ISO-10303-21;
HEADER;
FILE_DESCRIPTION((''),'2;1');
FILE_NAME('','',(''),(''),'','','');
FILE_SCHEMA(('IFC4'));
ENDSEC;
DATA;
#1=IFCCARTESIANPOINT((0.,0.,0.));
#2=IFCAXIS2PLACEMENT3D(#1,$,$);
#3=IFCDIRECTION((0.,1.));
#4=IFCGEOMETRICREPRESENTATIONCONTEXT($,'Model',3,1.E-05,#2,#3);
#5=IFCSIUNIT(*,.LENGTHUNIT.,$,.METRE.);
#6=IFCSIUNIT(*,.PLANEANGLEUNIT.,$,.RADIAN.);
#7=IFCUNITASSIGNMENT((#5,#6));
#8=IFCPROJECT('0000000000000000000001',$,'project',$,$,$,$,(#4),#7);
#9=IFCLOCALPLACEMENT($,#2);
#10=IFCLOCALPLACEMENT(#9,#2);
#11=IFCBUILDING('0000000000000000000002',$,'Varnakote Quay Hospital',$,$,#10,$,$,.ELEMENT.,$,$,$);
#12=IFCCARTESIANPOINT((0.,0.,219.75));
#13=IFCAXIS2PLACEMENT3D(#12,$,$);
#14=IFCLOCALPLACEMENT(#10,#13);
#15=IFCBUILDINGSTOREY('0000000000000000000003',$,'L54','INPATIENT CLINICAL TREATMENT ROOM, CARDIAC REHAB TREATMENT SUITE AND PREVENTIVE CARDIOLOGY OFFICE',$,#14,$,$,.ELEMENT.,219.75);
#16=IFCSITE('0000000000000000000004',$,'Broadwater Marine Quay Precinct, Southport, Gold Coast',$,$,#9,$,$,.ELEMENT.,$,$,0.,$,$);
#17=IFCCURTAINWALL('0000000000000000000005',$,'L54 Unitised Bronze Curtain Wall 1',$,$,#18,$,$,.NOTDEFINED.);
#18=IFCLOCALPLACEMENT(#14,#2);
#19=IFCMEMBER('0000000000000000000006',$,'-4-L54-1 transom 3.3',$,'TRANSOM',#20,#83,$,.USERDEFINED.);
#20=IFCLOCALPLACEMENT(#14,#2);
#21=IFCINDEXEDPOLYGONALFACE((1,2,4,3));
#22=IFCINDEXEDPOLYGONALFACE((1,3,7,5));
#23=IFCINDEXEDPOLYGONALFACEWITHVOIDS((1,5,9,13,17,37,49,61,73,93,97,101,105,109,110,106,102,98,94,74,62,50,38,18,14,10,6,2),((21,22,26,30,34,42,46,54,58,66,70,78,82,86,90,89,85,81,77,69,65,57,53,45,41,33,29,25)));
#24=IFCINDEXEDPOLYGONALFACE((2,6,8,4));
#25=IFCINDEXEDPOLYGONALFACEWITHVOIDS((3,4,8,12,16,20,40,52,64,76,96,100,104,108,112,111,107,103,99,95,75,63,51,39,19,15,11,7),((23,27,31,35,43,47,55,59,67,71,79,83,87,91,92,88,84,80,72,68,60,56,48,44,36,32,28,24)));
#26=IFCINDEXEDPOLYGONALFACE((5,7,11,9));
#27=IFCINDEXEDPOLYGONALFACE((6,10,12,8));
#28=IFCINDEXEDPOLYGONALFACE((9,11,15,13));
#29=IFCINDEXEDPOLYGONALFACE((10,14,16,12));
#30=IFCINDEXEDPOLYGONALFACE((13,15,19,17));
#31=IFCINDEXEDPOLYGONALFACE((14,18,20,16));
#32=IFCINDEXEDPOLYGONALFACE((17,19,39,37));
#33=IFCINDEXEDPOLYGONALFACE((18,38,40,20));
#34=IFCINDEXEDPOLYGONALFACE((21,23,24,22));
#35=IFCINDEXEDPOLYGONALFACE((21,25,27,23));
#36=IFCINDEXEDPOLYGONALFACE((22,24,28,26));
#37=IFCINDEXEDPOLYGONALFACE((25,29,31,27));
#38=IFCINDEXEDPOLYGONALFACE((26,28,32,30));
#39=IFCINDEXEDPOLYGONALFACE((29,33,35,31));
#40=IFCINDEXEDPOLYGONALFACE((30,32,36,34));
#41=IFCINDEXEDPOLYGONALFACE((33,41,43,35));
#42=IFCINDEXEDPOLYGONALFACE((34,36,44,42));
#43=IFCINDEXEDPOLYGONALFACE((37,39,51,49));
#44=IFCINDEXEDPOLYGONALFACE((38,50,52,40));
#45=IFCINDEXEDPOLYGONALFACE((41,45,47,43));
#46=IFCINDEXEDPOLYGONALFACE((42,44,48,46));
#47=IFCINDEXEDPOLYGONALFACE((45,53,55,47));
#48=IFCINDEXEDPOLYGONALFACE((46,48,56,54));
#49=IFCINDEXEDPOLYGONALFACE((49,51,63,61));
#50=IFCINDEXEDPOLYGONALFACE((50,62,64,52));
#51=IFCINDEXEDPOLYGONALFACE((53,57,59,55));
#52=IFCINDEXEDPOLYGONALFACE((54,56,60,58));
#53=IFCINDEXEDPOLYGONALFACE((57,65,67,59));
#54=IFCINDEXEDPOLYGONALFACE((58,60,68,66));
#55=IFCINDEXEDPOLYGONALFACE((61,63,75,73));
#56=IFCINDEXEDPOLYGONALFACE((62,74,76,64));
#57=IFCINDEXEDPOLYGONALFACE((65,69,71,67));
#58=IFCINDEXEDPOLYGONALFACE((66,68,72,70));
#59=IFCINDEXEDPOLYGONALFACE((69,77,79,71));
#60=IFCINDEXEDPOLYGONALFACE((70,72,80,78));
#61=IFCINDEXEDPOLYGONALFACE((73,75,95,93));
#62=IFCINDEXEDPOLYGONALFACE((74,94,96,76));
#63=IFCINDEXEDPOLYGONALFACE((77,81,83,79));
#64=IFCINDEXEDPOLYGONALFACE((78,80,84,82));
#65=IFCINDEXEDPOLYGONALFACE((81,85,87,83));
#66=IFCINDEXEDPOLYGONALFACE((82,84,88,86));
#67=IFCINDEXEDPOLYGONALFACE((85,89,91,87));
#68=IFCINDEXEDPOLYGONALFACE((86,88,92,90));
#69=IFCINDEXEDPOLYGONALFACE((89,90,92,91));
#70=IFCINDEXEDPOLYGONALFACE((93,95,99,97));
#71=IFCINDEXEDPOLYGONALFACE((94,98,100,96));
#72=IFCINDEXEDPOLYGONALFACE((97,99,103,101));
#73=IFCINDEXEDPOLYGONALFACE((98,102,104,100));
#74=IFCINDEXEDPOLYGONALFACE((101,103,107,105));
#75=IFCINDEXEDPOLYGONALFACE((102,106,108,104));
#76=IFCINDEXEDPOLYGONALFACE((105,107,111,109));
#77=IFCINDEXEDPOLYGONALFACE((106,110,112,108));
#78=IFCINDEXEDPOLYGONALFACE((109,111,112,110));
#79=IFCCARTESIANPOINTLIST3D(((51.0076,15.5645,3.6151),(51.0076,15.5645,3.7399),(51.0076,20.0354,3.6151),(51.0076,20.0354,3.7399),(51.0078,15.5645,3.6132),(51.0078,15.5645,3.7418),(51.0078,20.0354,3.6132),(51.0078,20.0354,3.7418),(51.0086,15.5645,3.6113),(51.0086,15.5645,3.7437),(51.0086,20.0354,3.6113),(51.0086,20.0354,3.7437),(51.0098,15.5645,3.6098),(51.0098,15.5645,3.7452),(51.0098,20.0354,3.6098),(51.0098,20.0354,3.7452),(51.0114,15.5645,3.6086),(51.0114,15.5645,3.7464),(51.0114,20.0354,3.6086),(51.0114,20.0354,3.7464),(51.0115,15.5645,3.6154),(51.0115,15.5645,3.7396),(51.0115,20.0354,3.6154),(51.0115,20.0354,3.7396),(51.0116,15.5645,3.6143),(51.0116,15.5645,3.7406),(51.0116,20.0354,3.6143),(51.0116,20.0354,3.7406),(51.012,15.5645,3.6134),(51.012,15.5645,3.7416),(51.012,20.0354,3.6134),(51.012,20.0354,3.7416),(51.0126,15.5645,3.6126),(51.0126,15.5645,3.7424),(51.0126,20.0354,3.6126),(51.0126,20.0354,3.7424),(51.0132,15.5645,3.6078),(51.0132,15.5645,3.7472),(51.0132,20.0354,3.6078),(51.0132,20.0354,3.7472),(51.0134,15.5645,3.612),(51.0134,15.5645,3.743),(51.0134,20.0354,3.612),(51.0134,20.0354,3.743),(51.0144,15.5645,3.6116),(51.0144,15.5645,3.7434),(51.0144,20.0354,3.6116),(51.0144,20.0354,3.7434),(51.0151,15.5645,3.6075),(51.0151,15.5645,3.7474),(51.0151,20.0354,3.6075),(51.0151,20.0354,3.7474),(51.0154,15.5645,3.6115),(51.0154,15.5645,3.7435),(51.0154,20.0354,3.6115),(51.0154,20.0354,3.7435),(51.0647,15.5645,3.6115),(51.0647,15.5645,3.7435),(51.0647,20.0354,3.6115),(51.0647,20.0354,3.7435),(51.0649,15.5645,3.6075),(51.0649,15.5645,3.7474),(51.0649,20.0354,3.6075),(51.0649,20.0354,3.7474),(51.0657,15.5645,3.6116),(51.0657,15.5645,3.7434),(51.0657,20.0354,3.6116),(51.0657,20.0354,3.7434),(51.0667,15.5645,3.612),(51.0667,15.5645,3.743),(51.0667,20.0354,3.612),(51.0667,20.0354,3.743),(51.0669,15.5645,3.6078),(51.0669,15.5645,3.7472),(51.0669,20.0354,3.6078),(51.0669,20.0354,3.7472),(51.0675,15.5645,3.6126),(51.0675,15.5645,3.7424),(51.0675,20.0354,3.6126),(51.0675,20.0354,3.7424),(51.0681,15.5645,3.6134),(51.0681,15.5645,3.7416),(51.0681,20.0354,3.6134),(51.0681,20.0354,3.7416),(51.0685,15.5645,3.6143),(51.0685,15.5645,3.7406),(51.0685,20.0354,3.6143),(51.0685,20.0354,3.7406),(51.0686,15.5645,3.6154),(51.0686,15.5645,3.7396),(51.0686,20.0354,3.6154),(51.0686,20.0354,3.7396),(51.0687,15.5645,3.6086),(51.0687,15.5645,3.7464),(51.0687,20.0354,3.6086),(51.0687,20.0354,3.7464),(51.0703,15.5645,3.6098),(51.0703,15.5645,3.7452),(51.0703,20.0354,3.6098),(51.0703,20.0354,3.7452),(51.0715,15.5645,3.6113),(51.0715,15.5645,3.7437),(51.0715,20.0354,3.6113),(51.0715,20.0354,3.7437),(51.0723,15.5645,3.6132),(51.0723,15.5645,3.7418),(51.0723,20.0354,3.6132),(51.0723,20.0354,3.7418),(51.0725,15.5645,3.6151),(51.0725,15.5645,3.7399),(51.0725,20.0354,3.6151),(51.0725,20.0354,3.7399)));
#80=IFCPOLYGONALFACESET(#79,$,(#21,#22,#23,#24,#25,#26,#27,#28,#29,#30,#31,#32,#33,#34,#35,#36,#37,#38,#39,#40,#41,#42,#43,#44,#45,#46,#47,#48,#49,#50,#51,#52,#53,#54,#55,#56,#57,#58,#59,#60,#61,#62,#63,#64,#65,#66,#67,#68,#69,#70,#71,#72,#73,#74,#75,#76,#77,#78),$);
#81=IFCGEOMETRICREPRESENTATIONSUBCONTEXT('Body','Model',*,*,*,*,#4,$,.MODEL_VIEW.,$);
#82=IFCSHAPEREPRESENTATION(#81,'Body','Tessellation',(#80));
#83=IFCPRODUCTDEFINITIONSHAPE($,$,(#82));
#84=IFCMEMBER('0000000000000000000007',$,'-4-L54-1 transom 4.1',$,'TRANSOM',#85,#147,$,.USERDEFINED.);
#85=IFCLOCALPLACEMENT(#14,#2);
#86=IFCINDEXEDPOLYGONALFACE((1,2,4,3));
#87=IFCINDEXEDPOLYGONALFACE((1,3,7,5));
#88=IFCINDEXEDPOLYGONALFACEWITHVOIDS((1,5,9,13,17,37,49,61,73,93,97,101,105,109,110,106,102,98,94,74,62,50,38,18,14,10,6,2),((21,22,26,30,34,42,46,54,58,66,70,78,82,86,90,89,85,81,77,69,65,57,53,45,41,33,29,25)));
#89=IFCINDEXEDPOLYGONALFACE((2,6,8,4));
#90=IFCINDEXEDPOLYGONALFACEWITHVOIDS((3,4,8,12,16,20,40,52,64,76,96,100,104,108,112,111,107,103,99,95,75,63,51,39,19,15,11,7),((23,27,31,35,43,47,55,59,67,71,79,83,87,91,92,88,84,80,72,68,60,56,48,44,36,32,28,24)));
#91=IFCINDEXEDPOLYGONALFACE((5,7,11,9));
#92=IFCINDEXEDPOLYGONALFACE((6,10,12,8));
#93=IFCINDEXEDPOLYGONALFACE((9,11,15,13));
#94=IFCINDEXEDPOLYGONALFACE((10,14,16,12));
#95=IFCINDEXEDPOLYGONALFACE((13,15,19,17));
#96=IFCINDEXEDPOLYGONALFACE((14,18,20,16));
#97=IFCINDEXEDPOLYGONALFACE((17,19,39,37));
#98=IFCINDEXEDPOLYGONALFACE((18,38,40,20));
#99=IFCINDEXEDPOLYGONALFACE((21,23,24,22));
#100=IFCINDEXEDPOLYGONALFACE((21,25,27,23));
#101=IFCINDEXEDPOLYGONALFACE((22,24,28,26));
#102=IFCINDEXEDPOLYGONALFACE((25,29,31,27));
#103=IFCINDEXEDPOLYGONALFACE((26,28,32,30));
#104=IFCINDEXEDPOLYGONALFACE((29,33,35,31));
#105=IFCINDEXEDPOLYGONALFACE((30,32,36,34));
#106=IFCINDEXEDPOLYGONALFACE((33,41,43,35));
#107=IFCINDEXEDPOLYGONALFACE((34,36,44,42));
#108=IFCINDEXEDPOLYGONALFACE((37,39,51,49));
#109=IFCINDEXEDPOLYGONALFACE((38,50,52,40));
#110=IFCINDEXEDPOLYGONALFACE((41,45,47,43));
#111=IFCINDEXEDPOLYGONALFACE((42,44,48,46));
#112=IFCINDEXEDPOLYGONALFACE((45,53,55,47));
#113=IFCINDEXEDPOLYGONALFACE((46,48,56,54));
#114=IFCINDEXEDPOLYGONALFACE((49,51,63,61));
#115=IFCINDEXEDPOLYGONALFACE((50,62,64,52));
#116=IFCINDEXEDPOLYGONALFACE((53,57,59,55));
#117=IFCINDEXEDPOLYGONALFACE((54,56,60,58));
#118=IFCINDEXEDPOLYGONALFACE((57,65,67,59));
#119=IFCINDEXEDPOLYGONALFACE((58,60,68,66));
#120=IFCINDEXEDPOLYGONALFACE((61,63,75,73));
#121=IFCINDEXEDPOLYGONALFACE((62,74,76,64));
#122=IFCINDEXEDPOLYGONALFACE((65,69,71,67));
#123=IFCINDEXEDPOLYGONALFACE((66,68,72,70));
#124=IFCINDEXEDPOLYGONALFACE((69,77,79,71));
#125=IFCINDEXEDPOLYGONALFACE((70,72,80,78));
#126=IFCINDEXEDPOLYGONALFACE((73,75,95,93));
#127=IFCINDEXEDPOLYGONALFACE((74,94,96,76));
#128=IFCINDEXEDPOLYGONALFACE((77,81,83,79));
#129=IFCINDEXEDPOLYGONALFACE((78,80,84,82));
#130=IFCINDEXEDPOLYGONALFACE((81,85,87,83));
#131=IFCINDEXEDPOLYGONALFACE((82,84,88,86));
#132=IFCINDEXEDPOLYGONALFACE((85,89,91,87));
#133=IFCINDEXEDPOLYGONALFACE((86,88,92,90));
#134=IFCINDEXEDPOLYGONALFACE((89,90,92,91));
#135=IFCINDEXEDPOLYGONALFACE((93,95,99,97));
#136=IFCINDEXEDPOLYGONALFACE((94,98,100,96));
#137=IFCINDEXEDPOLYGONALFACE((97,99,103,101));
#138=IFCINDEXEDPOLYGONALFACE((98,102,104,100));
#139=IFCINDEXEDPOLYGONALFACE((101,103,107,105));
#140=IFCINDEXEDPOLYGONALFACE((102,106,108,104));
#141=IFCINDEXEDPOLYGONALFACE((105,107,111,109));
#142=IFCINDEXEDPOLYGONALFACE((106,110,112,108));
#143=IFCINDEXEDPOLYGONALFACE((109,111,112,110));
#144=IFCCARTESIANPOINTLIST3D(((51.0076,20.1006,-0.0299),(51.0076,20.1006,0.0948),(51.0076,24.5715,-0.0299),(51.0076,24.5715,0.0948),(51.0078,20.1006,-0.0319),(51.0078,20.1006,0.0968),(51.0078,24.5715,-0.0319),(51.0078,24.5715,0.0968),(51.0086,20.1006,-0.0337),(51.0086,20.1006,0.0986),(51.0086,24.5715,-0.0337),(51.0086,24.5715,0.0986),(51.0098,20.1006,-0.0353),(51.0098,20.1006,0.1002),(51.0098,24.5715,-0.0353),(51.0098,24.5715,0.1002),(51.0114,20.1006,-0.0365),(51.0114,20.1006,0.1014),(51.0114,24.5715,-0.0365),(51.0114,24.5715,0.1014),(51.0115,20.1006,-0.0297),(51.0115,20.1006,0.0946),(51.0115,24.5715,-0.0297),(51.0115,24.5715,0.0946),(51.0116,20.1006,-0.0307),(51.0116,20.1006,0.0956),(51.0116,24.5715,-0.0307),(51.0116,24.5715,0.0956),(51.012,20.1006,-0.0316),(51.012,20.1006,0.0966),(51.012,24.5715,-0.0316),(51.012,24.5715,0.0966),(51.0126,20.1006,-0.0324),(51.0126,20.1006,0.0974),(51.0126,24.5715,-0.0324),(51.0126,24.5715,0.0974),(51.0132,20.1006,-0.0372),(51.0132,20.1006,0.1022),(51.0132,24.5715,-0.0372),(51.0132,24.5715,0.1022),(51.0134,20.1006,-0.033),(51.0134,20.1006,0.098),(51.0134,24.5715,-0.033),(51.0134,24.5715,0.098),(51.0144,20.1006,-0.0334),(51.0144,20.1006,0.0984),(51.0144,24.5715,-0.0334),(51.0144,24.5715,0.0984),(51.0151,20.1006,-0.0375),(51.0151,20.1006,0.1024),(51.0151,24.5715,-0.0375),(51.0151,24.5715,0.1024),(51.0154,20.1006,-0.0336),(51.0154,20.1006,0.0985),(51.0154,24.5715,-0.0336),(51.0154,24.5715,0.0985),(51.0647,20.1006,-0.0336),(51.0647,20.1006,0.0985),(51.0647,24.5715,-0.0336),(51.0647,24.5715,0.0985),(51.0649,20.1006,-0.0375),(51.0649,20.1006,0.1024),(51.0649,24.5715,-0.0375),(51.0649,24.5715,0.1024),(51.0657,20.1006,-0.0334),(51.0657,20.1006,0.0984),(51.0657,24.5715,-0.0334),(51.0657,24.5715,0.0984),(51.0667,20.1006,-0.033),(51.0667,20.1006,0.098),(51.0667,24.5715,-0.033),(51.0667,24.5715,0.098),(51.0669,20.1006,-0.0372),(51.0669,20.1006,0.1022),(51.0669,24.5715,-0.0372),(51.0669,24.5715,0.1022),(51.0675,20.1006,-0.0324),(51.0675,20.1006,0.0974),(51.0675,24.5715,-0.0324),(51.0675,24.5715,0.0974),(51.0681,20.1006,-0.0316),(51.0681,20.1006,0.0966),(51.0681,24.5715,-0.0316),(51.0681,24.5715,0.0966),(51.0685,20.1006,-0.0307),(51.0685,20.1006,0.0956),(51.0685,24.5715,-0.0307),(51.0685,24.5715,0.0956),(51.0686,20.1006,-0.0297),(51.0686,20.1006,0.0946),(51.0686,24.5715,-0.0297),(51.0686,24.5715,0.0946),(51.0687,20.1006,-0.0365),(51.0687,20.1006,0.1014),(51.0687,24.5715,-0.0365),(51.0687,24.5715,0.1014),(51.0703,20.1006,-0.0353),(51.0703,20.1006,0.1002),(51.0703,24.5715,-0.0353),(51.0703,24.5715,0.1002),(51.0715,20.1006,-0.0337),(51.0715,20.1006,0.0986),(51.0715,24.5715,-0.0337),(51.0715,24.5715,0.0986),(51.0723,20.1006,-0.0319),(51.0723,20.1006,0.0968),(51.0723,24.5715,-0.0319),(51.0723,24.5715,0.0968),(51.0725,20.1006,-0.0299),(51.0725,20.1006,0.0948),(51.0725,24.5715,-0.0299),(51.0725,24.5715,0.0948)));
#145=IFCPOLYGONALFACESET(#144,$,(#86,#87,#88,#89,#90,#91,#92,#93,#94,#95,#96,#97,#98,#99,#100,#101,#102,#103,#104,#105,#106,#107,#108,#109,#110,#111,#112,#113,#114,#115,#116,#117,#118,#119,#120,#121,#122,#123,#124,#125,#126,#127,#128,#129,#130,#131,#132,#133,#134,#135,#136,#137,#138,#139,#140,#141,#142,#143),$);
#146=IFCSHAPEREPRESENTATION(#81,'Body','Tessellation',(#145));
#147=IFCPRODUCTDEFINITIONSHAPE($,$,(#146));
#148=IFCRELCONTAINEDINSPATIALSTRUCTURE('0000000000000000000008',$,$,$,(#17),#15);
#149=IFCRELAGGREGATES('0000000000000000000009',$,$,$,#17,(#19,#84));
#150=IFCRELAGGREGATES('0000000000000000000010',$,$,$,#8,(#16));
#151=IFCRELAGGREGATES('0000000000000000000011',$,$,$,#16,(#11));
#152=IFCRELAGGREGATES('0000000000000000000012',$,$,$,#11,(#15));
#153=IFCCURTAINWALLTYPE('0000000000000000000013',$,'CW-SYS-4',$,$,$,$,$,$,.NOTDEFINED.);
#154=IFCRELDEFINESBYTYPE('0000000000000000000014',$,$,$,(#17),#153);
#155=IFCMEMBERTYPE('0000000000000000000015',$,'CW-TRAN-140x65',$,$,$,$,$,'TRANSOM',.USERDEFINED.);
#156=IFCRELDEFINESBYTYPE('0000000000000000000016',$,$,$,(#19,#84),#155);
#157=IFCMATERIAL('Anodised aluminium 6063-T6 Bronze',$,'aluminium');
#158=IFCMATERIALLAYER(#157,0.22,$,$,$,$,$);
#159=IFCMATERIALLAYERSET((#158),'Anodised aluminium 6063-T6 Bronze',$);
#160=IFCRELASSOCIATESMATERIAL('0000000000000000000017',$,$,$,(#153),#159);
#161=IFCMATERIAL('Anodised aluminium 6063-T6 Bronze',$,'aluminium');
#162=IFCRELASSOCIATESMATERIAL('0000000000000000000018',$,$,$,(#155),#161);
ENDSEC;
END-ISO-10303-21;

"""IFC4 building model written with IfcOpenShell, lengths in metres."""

from ifc_helpers import new_model, si_unit, direction, frame, origin, origin_2d, place, context, subcontext, project, spatial, hollow_rectangle, extrude, material, layer, layer_set, material_profile, profile_set, type_object, element, aggregate, save


model = new_model("IFC4")

# Units and contexts
model_context = context("Model", 3, precision=1e-05, world=origin(), true_north=direction((0.0, 1.0)))
body_context = subcontext(model_context, "Body", "Model", "MODEL_VIEW")
ifc_project = project(units=[si_unit("LENGTHUNIT", "METRE"), si_unit("PLANEANGLEUNIT", "RADIAN")], contexts=[model_context])

# Site, building, storey
site_placement = place(None, origin())
site = spatial("IfcSite", under=ifc_project, at=site_placement, Name="Broadwater Marine Quay Precinct, Southport, Gold Coast", CompositionType="ELEMENT", RefElevation=0.0)
building_placement = place(site_placement, origin())
building = spatial("IfcBuilding", under=site, at=building_placement, Name="Varnakote Quay Hospital", CompositionType="ELEMENT")
storey_placement = place(building_placement, frame((0.0, 0.0, 219.75)))
storey = spatial("IfcBuildingStorey", under=building, at=storey_placement, Name="L54", Description="INPATIENT CLINICAL TREATMENT ROOM, CARDIAC REHAB TREATMENT SUITE AND PREVENTIVE CARDIOLOGY OFFICE", CompositionType="ELEMENT", Elevation=219.75)

# Curtain wall, members
ifc_material_1 = material(Name="Anodised aluminium 6063-T6 Bronze", Category="aluminium")
ifc_layer_1 = layer(ifc_material_1, 0.22)
ifc_layer_set_1 = layer_set([ifc_layer_1], Name="Anodised aluminium 6063-T6 Bronze")
curtain_wall_type = type_object("IfcCurtainWallType", Name="CW-SYS-4", PredefinedType="NOTDEFINED", material=ifc_layer_set_1)
curtain_wall_placement = place(storey_placement, origin())
curtain_wall = element("IfcCurtainWall", 1, at=curtain_wall_placement, inside=storey, type_object=curtain_wall_type, Name="L54 Unitised Bronze Curtain Wall 1", PredefinedType="NOTDEFINED")
ifc_material_2 = material(Name="Anodised aluminium 6063-T6 Bronze", Category="aluminium")
ifc_material_profile_1 = material_profile(ifc_material_2, hollow_rectangle(XDim=0.0649, YDim=0.1399, WallThickness=0.0039, InnerFilletRadius=0.0039, OuterFilletRadius=0.0076, at=origin_2d()), Name="CW-TRAN-140x65")
ifc_profile_set_1 = profile_set([ifc_material_profile_1], Name="Anodised aluminium 6063-T6 Bronze")
member_type_1 = type_object("IfcMemberType", Name="CW-TRAN-140x65", ElementType="TRANSOM", PredefinedType="USERDEFINED", material=ifc_profile_set_1)
member_1_placement = place(storey_placement, frame((51.04, 15.5645, 3.6775), z_axis=(0.0, 1.0, 0.0), x_axis=(-1.0, 0.0, 0.0)))
member_1 = element("IfcMember", 2, at=member_1_placement, type_object=member_type_1, Name="-4-L54-1 transom 3.3", ObjectType="TRANSOM", PredefinedType="USERDEFINED", context=body_context, shape_type="SweptSolid", body=[
    extrude(hollow_rectangle(XDim=0.0649, YDim=0.1399, WallThickness=0.0039, InnerFilletRadius=0.0039, OuterFilletRadius=0.0076, at=origin_2d()), origin(), (0.0, 0.0, 1.0), 4.4709),
])
member_2_placement = place(storey_placement, frame((51.04, 20.1006, 0.0325), z_axis=(0.0, 1.0, 0.0), x_axis=(-1.0, 0.0, 0.0)))
member_2 = element("IfcMember", 3, at=member_2_placement, type_object=member_type_1, Name="-4-L54-1 transom 4.1", ObjectType="TRANSOM", PredefinedType="USERDEFINED", context=body_context, shape_type="SweptSolid", body=[
    extrude(hollow_rectangle(XDim=0.0649, YDim=0.1399, WallThickness=0.0039, InnerFilletRadius=0.0039, OuterFilletRadius=0.0076, at=origin_2d()), origin(), (0.0, 0.0, 1.0), 4.4709),
])
aggregate(curtain_wall, [member_1, member_2])

save(model, "model.ifc")
